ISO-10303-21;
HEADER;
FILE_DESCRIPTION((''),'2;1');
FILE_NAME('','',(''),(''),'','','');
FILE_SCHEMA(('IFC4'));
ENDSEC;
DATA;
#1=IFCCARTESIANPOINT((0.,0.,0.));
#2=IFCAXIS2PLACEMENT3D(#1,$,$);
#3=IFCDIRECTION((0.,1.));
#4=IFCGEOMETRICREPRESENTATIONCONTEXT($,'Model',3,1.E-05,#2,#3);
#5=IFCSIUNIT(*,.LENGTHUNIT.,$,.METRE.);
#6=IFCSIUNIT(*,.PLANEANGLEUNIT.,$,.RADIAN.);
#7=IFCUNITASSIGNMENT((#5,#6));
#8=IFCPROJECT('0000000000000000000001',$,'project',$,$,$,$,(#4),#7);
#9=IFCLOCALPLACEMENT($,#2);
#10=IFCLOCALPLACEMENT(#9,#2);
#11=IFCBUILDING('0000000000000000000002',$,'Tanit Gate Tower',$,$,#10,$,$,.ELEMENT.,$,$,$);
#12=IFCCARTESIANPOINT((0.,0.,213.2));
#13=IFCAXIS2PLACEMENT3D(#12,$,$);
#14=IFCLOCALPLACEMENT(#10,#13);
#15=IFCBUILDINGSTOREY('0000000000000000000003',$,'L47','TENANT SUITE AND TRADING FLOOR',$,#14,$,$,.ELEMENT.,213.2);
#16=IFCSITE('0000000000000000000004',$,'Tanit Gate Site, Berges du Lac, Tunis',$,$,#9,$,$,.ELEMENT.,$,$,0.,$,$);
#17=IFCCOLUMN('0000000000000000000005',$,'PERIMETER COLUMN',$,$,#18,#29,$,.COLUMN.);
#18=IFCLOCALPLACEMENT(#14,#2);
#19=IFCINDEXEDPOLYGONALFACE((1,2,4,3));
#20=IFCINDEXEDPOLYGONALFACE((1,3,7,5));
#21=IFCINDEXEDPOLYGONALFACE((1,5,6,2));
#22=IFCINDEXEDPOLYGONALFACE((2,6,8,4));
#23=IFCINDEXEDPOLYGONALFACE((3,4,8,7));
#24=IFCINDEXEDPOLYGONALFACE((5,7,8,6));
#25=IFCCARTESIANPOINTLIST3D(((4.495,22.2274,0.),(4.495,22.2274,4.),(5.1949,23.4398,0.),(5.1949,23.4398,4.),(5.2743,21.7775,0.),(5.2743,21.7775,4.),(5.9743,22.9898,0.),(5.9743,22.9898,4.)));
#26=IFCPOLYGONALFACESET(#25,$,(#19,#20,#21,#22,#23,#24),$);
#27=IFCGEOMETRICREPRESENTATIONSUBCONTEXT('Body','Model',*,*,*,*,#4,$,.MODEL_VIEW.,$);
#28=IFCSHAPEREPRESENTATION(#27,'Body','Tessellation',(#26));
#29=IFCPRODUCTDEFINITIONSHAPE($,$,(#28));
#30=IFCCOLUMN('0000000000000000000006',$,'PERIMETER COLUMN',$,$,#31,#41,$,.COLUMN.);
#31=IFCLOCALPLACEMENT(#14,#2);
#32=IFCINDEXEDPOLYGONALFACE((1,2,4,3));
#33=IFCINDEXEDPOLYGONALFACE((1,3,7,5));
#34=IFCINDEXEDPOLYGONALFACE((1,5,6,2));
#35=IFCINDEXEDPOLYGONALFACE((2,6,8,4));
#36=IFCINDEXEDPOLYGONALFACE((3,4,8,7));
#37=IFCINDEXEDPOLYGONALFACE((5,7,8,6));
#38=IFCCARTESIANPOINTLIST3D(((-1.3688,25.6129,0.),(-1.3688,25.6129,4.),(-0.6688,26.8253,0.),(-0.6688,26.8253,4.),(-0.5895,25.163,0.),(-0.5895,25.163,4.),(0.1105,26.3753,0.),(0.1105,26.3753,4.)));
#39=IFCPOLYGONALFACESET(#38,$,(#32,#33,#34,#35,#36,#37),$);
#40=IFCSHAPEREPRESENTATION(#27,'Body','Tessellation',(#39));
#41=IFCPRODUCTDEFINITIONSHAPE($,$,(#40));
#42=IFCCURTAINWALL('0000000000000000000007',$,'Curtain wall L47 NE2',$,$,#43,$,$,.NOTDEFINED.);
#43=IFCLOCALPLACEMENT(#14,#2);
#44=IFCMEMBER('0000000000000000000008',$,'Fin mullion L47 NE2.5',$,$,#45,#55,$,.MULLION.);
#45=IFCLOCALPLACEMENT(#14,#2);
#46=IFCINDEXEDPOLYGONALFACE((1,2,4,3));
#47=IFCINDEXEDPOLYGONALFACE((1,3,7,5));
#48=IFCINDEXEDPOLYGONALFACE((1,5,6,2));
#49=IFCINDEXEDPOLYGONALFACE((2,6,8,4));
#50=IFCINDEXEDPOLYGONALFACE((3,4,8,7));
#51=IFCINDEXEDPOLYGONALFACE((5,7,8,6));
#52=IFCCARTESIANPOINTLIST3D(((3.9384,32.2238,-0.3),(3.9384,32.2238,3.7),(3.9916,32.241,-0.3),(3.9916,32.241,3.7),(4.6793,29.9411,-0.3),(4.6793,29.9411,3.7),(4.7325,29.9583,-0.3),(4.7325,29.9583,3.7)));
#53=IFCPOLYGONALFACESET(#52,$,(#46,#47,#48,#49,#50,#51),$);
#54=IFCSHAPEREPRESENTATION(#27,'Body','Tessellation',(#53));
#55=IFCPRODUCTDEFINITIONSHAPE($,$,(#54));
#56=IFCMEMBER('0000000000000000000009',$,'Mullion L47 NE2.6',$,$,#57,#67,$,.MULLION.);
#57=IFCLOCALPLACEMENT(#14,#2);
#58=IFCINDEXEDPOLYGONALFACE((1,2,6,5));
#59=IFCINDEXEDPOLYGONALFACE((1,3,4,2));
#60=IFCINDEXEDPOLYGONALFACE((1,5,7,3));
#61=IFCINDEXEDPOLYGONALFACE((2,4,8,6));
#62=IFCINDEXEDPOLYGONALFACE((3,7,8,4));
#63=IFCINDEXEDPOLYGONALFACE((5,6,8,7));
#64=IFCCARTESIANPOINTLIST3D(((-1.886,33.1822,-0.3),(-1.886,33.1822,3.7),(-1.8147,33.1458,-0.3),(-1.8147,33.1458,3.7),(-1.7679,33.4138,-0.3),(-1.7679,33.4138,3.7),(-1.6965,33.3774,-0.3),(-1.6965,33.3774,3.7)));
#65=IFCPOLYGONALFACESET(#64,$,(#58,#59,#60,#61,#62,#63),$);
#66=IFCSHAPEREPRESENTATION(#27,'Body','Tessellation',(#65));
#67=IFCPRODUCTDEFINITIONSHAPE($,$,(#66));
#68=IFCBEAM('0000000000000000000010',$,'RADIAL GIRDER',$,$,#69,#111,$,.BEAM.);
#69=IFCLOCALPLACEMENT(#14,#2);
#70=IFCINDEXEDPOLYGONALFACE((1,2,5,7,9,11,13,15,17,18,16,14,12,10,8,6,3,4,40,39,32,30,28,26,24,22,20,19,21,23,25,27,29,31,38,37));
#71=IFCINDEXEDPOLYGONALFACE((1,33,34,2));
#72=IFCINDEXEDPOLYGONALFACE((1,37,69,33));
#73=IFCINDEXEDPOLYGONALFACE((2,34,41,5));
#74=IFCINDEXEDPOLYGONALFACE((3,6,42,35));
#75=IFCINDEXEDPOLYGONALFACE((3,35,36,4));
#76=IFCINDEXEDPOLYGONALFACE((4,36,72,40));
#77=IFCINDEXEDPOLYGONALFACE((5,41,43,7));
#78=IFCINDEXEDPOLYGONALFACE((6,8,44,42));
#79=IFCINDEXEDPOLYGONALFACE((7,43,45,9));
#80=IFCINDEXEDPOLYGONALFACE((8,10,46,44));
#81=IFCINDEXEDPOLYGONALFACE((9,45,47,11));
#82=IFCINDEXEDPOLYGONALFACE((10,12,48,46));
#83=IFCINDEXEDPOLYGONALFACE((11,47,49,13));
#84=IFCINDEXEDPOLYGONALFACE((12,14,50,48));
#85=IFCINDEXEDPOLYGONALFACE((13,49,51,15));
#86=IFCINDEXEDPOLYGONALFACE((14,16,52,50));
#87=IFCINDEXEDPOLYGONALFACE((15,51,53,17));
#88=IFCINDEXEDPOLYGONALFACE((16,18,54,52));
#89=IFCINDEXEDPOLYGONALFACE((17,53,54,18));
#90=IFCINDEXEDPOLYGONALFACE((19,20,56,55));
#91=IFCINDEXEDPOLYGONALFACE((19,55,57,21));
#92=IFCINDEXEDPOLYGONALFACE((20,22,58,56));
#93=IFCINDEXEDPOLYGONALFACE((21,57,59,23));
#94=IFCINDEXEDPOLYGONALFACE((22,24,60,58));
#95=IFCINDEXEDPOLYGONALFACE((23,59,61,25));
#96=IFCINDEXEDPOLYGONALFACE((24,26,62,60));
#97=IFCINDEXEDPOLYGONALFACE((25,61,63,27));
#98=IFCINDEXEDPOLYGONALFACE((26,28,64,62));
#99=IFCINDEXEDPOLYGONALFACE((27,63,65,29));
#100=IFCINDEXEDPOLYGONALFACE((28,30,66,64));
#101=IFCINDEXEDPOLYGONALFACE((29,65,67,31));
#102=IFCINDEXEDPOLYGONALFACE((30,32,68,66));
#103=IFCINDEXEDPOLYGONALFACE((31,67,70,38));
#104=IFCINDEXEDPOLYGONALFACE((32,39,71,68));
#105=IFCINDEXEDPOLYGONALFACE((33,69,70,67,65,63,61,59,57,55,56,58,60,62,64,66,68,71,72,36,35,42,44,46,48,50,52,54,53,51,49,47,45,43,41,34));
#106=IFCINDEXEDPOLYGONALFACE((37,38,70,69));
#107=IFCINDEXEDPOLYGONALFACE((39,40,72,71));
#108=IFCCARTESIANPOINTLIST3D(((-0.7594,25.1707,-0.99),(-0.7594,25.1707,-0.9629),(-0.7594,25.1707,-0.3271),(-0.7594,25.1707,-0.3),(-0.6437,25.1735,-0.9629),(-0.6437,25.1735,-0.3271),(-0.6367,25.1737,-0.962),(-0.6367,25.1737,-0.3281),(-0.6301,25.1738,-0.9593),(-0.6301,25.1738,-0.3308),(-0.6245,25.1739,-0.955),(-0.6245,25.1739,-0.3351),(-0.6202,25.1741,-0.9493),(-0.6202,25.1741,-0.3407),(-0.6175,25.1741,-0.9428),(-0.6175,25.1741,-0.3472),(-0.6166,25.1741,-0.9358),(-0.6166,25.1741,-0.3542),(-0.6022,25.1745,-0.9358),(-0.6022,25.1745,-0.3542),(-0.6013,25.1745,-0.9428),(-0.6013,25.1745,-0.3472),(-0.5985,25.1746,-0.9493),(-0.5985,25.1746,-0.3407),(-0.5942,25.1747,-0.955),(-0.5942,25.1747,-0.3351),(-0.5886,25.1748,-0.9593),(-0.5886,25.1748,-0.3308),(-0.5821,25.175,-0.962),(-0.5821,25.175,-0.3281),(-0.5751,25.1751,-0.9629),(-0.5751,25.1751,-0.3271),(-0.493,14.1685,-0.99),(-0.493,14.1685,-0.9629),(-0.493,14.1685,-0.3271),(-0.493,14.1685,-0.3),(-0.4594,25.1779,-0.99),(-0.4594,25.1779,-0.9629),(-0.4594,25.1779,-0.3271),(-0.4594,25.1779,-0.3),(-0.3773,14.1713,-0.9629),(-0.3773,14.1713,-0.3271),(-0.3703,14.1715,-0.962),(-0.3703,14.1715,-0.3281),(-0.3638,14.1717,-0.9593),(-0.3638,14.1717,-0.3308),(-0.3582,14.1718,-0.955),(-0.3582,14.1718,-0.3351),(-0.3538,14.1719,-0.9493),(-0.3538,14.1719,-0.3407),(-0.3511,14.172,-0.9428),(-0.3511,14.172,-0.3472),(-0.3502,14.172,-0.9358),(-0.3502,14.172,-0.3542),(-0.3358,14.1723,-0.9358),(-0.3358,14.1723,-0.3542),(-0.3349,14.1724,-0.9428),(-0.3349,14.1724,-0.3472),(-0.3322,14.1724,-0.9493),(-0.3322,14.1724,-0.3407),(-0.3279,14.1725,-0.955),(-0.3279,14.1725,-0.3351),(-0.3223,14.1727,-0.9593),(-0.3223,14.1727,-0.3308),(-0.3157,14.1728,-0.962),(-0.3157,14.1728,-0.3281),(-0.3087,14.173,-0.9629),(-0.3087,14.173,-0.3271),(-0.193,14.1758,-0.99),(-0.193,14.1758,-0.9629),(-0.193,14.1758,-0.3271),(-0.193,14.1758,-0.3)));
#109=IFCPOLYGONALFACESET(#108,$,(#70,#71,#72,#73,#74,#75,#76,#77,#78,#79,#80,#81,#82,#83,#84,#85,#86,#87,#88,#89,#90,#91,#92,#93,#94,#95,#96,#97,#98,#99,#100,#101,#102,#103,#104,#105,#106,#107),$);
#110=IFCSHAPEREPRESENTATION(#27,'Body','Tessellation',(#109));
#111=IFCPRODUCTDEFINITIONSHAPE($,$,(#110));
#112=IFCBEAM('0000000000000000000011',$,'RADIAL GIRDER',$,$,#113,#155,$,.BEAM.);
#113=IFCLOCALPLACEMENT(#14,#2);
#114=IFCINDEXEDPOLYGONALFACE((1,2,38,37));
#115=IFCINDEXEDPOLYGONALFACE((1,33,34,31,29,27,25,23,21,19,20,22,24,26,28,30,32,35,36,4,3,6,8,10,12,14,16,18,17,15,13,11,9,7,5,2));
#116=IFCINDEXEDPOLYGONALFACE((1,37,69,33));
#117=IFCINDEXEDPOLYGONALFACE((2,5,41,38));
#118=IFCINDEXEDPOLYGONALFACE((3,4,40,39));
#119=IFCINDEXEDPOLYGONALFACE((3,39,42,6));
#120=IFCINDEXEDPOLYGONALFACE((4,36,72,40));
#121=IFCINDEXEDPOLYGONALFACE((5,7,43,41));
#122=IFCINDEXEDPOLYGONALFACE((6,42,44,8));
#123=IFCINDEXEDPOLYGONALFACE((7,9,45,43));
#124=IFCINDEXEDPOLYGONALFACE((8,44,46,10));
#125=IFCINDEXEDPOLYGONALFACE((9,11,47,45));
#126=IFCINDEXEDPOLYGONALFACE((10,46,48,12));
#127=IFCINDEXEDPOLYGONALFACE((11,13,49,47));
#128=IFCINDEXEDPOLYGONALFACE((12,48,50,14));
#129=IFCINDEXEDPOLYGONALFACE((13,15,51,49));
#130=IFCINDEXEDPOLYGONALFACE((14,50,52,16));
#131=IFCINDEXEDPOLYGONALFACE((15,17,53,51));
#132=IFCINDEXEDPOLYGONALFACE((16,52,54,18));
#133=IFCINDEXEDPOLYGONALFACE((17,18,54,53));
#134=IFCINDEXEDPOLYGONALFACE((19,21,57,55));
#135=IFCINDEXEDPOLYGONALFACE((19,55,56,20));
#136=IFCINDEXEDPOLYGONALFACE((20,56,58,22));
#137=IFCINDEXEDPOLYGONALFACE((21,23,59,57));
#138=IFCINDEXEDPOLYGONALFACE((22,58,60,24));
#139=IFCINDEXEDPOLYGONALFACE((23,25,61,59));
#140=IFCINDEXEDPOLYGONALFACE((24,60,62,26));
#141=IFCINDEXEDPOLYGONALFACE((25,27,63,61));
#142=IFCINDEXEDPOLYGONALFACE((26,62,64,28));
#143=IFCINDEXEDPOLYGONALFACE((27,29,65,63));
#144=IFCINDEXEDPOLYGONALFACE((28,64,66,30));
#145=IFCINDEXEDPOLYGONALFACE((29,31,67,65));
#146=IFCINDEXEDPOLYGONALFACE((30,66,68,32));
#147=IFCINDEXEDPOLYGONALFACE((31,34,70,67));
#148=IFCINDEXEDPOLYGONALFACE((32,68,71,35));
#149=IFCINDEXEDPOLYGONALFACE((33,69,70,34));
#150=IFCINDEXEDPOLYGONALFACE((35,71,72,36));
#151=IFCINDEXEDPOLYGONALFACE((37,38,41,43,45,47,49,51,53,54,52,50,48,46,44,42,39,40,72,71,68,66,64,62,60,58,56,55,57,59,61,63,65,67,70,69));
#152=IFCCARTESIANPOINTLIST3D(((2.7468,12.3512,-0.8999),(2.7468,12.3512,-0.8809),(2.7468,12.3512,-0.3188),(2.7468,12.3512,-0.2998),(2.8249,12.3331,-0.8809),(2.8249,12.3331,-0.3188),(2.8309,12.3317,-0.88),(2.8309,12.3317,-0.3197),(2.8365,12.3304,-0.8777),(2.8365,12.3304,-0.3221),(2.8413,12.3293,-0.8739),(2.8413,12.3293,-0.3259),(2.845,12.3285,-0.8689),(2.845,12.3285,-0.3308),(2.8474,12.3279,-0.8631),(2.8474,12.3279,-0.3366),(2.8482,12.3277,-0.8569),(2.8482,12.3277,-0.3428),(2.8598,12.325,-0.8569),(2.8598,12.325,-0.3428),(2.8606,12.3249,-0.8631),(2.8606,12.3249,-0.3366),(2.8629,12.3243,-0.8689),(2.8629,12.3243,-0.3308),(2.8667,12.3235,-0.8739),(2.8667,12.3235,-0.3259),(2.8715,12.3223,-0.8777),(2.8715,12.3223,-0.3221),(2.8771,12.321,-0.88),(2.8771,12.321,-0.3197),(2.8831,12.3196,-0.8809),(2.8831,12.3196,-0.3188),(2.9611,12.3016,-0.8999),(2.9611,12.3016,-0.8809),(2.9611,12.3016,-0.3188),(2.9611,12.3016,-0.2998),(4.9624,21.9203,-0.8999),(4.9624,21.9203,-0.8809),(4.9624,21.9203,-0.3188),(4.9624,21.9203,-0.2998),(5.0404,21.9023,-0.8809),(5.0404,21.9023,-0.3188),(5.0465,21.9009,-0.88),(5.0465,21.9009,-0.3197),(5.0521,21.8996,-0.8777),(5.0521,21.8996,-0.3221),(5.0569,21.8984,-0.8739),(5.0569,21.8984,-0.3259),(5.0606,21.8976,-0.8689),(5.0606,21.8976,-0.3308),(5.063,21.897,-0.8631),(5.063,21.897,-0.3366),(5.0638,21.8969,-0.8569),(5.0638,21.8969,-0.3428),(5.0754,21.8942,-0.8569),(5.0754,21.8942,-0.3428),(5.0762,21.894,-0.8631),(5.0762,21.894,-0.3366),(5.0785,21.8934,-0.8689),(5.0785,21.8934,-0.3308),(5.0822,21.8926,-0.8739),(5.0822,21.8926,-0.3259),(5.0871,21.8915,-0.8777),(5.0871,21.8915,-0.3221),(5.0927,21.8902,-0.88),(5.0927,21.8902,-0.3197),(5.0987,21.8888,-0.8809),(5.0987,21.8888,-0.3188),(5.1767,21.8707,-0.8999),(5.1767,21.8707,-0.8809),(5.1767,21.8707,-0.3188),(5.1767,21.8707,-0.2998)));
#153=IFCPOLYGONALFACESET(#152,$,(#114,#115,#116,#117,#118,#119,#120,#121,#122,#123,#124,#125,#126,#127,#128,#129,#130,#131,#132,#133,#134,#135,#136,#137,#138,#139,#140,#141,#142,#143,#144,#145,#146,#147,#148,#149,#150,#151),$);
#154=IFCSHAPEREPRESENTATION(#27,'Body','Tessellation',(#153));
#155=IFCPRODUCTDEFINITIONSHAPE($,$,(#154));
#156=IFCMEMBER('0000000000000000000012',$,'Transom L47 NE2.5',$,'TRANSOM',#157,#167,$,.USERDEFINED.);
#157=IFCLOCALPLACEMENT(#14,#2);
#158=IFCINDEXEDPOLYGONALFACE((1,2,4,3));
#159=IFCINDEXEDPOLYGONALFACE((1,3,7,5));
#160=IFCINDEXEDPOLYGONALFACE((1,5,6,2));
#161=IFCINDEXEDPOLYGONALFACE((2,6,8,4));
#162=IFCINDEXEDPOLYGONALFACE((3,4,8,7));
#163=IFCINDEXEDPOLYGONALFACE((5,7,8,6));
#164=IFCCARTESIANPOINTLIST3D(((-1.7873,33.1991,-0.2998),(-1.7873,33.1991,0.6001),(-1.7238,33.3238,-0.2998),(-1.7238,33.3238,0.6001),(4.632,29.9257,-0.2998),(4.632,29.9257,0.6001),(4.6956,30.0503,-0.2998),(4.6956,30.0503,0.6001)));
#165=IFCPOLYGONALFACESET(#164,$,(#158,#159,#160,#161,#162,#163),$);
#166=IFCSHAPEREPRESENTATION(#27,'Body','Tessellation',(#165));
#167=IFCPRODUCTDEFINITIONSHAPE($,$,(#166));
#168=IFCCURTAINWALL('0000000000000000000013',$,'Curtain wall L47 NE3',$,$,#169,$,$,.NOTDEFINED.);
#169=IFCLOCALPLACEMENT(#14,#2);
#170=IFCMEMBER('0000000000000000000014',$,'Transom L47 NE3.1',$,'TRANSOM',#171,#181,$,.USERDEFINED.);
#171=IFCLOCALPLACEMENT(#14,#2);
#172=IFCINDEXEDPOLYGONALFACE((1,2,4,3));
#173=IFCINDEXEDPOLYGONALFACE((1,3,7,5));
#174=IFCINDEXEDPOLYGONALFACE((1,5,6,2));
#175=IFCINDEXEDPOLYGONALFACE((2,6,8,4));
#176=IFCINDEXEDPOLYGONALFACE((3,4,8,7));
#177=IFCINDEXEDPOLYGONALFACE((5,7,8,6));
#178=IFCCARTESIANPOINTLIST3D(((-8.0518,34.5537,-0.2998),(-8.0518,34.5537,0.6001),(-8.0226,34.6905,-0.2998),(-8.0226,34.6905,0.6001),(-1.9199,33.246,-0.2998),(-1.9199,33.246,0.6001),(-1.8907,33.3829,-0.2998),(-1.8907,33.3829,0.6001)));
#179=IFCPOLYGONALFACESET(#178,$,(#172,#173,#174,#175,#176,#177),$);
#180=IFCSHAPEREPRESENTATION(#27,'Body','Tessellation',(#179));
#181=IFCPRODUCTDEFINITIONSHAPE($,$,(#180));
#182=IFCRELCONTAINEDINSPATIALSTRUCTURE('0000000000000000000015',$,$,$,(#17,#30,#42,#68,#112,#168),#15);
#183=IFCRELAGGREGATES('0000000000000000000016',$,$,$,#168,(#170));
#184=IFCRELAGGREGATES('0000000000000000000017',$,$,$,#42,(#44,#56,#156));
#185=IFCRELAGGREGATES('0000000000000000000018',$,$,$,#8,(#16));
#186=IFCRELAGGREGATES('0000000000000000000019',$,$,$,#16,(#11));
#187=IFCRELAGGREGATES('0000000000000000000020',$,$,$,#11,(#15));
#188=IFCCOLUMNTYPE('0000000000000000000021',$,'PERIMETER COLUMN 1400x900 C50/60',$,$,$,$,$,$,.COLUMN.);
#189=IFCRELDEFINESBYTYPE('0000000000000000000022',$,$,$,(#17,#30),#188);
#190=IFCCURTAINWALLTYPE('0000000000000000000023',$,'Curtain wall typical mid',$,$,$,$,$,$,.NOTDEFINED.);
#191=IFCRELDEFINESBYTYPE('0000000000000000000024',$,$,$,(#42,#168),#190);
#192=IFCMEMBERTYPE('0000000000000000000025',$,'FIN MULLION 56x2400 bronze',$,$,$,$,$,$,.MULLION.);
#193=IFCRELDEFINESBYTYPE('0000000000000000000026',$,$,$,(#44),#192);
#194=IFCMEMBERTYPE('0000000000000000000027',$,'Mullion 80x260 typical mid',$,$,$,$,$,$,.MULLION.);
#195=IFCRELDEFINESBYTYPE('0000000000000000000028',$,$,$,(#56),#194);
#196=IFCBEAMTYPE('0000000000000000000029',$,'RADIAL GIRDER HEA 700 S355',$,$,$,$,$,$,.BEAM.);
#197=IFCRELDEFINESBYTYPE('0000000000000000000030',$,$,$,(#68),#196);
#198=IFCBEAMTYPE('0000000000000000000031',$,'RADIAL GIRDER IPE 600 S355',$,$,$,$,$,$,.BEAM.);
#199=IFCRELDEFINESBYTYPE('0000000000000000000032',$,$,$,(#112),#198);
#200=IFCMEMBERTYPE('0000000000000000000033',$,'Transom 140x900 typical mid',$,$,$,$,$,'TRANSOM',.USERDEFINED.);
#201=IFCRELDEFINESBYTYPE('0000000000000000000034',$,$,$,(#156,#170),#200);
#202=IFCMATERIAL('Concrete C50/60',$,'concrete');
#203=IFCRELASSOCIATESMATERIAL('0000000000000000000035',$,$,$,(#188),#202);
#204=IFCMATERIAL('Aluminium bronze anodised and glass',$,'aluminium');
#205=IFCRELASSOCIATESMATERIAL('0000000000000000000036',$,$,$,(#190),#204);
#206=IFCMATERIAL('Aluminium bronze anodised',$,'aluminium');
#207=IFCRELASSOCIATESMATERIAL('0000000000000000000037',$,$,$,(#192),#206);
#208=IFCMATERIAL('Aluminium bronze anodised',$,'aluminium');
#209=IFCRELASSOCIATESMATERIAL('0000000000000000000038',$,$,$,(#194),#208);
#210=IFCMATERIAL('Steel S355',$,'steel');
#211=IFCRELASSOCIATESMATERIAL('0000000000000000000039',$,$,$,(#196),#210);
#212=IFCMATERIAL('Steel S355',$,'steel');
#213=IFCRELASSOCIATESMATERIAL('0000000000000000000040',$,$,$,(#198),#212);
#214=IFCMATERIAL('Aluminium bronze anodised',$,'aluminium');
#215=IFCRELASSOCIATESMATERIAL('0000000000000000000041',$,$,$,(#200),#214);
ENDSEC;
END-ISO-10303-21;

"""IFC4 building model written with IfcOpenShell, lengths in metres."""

from ifc_helpers import new_model, si_unit, direction, frame, origin, origin_2d, place, context, subcontext, project, spatial, rectangle, i_section, extrude, material, material_profile, profile_set, type_object, element, aggregate, save


model = new_model("IFC4")

# Units and contexts
model_context = context("Model", 3, precision=1e-05, world=origin(), true_north=direction((0.0, 1.0)))
body_context = subcontext(model_context, "Body", "Model", "MODEL_VIEW")
ifc_project = project(units=[si_unit("LENGTHUNIT", "METRE"), si_unit("PLANEANGLEUNIT", "RADIAN")], contexts=[model_context])

# Site, building, storey
site_placement = place(None, origin())
site = spatial("IfcSite", under=ifc_project, at=site_placement, Name="Tanit Gate Site, Berges du Lac, Tunis", CompositionType="ELEMENT", RefElevation=0.0)
building_placement = place(site_placement, origin())
building = spatial("IfcBuilding", under=site, at=building_placement, Name="Tanit Gate Tower", CompositionType="ELEMENT")
storey_placement = place(building_placement, frame((0.0, 0.0, 213.2)))
storey = spatial("IfcBuildingStorey", under=building, at=storey_placement, Name="L47", Description="TENANT SUITE AND TRADING FLOOR", CompositionType="ELEMENT", Elevation=213.2)

# Columns
ifc_material_1 = material(Name="Concrete C50/60", Category="concrete")
ifc_material_profile_1 = material_profile(ifc_material_1, rectangle(XDim=1.3999, YDim=0.8999, at=origin_2d()), Name="RC 1400x900")
ifc_profile_set_1 = profile_set([ifc_material_profile_1], Name="Concrete C50/60")
column_type = type_object("IfcColumnType", Name="PERIMETER COLUMN 1400x900 C50/60", PredefinedType="COLUMN", material=ifc_profile_set_1)
for number, where, z_axis, x_axis, name in (
    (1, (5.2346, 22.6086, 0.0), (0.0, 0.0, 1.0), (0.5, 0.866025, 0.0), "PERIMETER COLUMN"),
    (2, (-0.6292, 25.9941, 0.0), (0.0, 0.0, 1.0), (0.5, 0.866025, 0.0), "PERIMETER COLUMN"),
):
    element("IfcColumn", number, at=place(storey_placement, frame(where, z_axis=z_axis, x_axis=x_axis)), inside=storey, type_object=column_type, Name=name, PredefinedType="COLUMN", context=body_context, shape_type="SweptSolid", body=[
        extrude(rectangle(XDim=1.3999, YDim=0.8999, at=origin_2d()), origin(), (0.0, 0.0, 1.0), 4.0),
    ])

# Curtain wall, members
ifc_material_2 = material(Name="Aluminium bronze anodised and glass", Category="aluminium")
curtain_wall_type = type_object("IfcCurtainWallType", Name="Curtain wall typical mid", PredefinedType="NOTDEFINED", material=ifc_material_2)
curtain_wall_1_placement = place(storey_placement, origin())
curtain_wall_1 = element("IfcCurtainWall", 3, at=curtain_wall_1_placement, inside=storey, type_object=curtain_wall_type, Name="Curtain wall L47 NE2", PredefinedType="NOTDEFINED")
ifc_material_3 = material(Name="Aluminium bronze anodised", Category="aluminium")
ifc_material_profile_2 = material_profile(ifc_material_3, rectangle(XDim=2.3999, YDim=0.0559, at=origin_2d()), Name="56x2400 bronze fin mullion")
ifc_profile_set_2 = profile_set([ifc_material_profile_2], Name="Aluminium bronze anodised")
member_type_1 = type_object("IfcMemberType", Name="FIN MULLION 56x2400 bronze", PredefinedType="MULLION", material=ifc_profile_set_2)
member_1_placement = place(storey_placement, frame((4.3354, 31.0911, -0.3), z_axis=(0.0, 0.0, 1.0), x_axis=(0.3087, -0.95116, 0.0)))
member_1 = element("IfcMember", 4, at=member_1_placement, type_object=member_type_1, Name="Fin mullion L47 NE2.5", PredefinedType="MULLION", context=body_context, shape_type="SweptSolid", body=[
    extrude(rectangle(XDim=2.3999, YDim=0.0559, at=origin_2d()), origin(), (0.0, 0.0, 1.0), 4.0),
])
ifc_material_4 = material(Name="Aluminium bronze anodised", Category="aluminium")
ifc_material_profile_3 = material_profile(ifc_material_4, rectangle(XDim=0.26, YDim=0.0801, at=origin_2d()), Name="80x260 bronze mullion")
ifc_profile_set_3 = profile_set([ifc_material_profile_3], Name="Aluminium bronze anodised")
member_type_2 = type_object("IfcMemberType", Name="Mullion 80x260 typical mid", PredefinedType="MULLION", material=ifc_profile_set_3)
member_2_placement = place(storey_placement, frame((-1.7913, 33.2798, -0.3), z_axis=(0.0, 0.0, 1.0), x_axis=(-0.454288, -0.890855, 0.0)))
member_2 = element("IfcMember", 5, at=member_2_placement, type_object=member_type_2, Name="Mullion L47 NE2.6", PredefinedType="MULLION", context=body_context, shape_type="SweptSolid", body=[
    extrude(rectangle(XDim=0.26, YDim=0.0801, at=origin_2d()), origin(), (0.0, 0.0, 1.0), 4.0),
])

# Beams
ifc_material_5 = material(Name="Steel S355", Category="steel")
ifc_material_profile_4 = material_profile(ifc_material_5, i_section(OverallWidth=0.3, OverallDepth=0.6899, WebThickness=0.0144, FlangeThickness=0.0271, FilletRadius=0.0271, at=origin_2d()), Name="HEA 700")
ifc_profile_set_4 = profile_set([ifc_material_profile_4], Name="Steel S355")
beam_type_1 = type_object("IfcBeamType", Name="RADIAL GIRDER HEA 700 S355", PredefinedType="BEAM", material=ifc_profile_set_4)
beam_1_placement = place(storey_placement, frame((-0.6094, 25.1743, -0.645), z_axis=(0.024202, -0.999707, 0.0), x_axis=(0.999707, 0.024202, 0.0)))
element("IfcBeam", 6, at=beam_1_placement, inside=storey, type_object=beam_type_1, Name="RADIAL GIRDER", PredefinedType="BEAM", context=body_context, shape_type="SweptSolid", body=[
    extrude(i_section(OverallWidth=0.3, OverallDepth=0.6899, WebThickness=0.0144, FlangeThickness=0.0271, FilletRadius=0.0271, at=origin_2d()), origin(), (0.0, 0.0, 1.0), 11.0054),
])
ifc_material_6 = material(Name="Steel S355", Category="steel")
ifc_material_profile_5 = material_profile(ifc_material_6, i_section(OverallWidth=0.22, OverallDepth=0.6001, WebThickness=0.012, FlangeThickness=0.019, FilletRadius=0.0239, at=origin_2d()), Name="IPE 600")
ifc_profile_set_5 = profile_set([ifc_material_profile_5], Name="Steel S355")
beam_type_2 = type_object("IfcBeamType", Name="RADIAL GIRDER IPE 600 S355", PredefinedType="BEAM", material=ifc_profile_set_5)
beam_2_placement = place(storey_placement, frame((5.0696, 21.8955, -0.5999), z_axis=(-0.225567, -0.974228, 0.0), x_axis=(0.974228, -0.225567, 0.0)))
element("IfcBeam", 7, at=beam_2_placement, inside=storey, type_object=beam_type_2, Name="RADIAL GIRDER", PredefinedType="BEAM", context=body_context, shape_type="SweptSolid", body=[
    extrude(i_section(OverallWidth=0.22, OverallDepth=0.6001, WebThickness=0.012, FlangeThickness=0.019, FilletRadius=0.0239, at=origin_2d()), origin(), (0.0, 0.0, 1.0), 9.8223),
])

# Member
ifc_material_7 = material(Name="Aluminium bronze anodised", Category="aluminium")
ifc_material_profile_6 = material_profile(ifc_material_7, rectangle(XDim=0.1399, YDim=0.8999, at=origin_2d()), Name="140x900 bronze transom")
ifc_profile_set_6 = profile_set([ifc_material_profile_6], Name="Aluminium bronze anodised")
member_type_3 = type_object("IfcMemberType", Name="Transom 140x900 typical mid", ElementType="TRANSOM", PredefinedType="USERDEFINED", material=ifc_profile_set_6)
member_3_placement = place(storey_placement, frame((4.6638, 29.988, 0.1501), z_axis=(-0.890862, 0.454274, 0.0), x_axis=(-0.454274, -0.890862, 0.0)))
member_3 = element("IfcMember", 8, at=member_3_placement, type_object=member_type_3, Name="Transom L47 NE2.5", ObjectType="TRANSOM", PredefinedType="USERDEFINED", context=body_context, shape_type="SweptSolid", body=[
    extrude(rectangle(XDim=0.1399, YDim=0.8999, at=origin_2d()), origin(), (0.0, 0.0, 1.0), 7.2058),
])

# Curtain wall, member
curtain_wall_2_placement = place(storey_placement, origin())
curtain_wall_2 = element("IfcCurtainWall", 9, at=curtain_wall_2_placement, inside=storey, type_object=curtain_wall_type, Name="Curtain wall L47 NE3", PredefinedType="NOTDEFINED")
member_4_placement = place(storey_placement, frame((-1.9053, 33.3145, 0.1501), z_axis=(-0.978009, 0.208561, 0.0), x_axis=(-0.208561, -0.978009, 0.0)))
member_4 = element("IfcMember", 10, at=member_4_placement, type_object=member_type_3, Name="Transom L47 NE3.1", ObjectType="TRANSOM", PredefinedType="USERDEFINED", context=body_context, shape_type="SweptSolid", body=[
    extrude(rectangle(XDim=0.1399, YDim=0.8999, at=origin_2d()), origin(), (0.0, 0.0, 1.0), 6.2698),
])
aggregate(curtain_wall_2, [member_4])

aggregate(curtain_wall_1, [member_1, member_2, member_3])

save(model, "model.ifc")
